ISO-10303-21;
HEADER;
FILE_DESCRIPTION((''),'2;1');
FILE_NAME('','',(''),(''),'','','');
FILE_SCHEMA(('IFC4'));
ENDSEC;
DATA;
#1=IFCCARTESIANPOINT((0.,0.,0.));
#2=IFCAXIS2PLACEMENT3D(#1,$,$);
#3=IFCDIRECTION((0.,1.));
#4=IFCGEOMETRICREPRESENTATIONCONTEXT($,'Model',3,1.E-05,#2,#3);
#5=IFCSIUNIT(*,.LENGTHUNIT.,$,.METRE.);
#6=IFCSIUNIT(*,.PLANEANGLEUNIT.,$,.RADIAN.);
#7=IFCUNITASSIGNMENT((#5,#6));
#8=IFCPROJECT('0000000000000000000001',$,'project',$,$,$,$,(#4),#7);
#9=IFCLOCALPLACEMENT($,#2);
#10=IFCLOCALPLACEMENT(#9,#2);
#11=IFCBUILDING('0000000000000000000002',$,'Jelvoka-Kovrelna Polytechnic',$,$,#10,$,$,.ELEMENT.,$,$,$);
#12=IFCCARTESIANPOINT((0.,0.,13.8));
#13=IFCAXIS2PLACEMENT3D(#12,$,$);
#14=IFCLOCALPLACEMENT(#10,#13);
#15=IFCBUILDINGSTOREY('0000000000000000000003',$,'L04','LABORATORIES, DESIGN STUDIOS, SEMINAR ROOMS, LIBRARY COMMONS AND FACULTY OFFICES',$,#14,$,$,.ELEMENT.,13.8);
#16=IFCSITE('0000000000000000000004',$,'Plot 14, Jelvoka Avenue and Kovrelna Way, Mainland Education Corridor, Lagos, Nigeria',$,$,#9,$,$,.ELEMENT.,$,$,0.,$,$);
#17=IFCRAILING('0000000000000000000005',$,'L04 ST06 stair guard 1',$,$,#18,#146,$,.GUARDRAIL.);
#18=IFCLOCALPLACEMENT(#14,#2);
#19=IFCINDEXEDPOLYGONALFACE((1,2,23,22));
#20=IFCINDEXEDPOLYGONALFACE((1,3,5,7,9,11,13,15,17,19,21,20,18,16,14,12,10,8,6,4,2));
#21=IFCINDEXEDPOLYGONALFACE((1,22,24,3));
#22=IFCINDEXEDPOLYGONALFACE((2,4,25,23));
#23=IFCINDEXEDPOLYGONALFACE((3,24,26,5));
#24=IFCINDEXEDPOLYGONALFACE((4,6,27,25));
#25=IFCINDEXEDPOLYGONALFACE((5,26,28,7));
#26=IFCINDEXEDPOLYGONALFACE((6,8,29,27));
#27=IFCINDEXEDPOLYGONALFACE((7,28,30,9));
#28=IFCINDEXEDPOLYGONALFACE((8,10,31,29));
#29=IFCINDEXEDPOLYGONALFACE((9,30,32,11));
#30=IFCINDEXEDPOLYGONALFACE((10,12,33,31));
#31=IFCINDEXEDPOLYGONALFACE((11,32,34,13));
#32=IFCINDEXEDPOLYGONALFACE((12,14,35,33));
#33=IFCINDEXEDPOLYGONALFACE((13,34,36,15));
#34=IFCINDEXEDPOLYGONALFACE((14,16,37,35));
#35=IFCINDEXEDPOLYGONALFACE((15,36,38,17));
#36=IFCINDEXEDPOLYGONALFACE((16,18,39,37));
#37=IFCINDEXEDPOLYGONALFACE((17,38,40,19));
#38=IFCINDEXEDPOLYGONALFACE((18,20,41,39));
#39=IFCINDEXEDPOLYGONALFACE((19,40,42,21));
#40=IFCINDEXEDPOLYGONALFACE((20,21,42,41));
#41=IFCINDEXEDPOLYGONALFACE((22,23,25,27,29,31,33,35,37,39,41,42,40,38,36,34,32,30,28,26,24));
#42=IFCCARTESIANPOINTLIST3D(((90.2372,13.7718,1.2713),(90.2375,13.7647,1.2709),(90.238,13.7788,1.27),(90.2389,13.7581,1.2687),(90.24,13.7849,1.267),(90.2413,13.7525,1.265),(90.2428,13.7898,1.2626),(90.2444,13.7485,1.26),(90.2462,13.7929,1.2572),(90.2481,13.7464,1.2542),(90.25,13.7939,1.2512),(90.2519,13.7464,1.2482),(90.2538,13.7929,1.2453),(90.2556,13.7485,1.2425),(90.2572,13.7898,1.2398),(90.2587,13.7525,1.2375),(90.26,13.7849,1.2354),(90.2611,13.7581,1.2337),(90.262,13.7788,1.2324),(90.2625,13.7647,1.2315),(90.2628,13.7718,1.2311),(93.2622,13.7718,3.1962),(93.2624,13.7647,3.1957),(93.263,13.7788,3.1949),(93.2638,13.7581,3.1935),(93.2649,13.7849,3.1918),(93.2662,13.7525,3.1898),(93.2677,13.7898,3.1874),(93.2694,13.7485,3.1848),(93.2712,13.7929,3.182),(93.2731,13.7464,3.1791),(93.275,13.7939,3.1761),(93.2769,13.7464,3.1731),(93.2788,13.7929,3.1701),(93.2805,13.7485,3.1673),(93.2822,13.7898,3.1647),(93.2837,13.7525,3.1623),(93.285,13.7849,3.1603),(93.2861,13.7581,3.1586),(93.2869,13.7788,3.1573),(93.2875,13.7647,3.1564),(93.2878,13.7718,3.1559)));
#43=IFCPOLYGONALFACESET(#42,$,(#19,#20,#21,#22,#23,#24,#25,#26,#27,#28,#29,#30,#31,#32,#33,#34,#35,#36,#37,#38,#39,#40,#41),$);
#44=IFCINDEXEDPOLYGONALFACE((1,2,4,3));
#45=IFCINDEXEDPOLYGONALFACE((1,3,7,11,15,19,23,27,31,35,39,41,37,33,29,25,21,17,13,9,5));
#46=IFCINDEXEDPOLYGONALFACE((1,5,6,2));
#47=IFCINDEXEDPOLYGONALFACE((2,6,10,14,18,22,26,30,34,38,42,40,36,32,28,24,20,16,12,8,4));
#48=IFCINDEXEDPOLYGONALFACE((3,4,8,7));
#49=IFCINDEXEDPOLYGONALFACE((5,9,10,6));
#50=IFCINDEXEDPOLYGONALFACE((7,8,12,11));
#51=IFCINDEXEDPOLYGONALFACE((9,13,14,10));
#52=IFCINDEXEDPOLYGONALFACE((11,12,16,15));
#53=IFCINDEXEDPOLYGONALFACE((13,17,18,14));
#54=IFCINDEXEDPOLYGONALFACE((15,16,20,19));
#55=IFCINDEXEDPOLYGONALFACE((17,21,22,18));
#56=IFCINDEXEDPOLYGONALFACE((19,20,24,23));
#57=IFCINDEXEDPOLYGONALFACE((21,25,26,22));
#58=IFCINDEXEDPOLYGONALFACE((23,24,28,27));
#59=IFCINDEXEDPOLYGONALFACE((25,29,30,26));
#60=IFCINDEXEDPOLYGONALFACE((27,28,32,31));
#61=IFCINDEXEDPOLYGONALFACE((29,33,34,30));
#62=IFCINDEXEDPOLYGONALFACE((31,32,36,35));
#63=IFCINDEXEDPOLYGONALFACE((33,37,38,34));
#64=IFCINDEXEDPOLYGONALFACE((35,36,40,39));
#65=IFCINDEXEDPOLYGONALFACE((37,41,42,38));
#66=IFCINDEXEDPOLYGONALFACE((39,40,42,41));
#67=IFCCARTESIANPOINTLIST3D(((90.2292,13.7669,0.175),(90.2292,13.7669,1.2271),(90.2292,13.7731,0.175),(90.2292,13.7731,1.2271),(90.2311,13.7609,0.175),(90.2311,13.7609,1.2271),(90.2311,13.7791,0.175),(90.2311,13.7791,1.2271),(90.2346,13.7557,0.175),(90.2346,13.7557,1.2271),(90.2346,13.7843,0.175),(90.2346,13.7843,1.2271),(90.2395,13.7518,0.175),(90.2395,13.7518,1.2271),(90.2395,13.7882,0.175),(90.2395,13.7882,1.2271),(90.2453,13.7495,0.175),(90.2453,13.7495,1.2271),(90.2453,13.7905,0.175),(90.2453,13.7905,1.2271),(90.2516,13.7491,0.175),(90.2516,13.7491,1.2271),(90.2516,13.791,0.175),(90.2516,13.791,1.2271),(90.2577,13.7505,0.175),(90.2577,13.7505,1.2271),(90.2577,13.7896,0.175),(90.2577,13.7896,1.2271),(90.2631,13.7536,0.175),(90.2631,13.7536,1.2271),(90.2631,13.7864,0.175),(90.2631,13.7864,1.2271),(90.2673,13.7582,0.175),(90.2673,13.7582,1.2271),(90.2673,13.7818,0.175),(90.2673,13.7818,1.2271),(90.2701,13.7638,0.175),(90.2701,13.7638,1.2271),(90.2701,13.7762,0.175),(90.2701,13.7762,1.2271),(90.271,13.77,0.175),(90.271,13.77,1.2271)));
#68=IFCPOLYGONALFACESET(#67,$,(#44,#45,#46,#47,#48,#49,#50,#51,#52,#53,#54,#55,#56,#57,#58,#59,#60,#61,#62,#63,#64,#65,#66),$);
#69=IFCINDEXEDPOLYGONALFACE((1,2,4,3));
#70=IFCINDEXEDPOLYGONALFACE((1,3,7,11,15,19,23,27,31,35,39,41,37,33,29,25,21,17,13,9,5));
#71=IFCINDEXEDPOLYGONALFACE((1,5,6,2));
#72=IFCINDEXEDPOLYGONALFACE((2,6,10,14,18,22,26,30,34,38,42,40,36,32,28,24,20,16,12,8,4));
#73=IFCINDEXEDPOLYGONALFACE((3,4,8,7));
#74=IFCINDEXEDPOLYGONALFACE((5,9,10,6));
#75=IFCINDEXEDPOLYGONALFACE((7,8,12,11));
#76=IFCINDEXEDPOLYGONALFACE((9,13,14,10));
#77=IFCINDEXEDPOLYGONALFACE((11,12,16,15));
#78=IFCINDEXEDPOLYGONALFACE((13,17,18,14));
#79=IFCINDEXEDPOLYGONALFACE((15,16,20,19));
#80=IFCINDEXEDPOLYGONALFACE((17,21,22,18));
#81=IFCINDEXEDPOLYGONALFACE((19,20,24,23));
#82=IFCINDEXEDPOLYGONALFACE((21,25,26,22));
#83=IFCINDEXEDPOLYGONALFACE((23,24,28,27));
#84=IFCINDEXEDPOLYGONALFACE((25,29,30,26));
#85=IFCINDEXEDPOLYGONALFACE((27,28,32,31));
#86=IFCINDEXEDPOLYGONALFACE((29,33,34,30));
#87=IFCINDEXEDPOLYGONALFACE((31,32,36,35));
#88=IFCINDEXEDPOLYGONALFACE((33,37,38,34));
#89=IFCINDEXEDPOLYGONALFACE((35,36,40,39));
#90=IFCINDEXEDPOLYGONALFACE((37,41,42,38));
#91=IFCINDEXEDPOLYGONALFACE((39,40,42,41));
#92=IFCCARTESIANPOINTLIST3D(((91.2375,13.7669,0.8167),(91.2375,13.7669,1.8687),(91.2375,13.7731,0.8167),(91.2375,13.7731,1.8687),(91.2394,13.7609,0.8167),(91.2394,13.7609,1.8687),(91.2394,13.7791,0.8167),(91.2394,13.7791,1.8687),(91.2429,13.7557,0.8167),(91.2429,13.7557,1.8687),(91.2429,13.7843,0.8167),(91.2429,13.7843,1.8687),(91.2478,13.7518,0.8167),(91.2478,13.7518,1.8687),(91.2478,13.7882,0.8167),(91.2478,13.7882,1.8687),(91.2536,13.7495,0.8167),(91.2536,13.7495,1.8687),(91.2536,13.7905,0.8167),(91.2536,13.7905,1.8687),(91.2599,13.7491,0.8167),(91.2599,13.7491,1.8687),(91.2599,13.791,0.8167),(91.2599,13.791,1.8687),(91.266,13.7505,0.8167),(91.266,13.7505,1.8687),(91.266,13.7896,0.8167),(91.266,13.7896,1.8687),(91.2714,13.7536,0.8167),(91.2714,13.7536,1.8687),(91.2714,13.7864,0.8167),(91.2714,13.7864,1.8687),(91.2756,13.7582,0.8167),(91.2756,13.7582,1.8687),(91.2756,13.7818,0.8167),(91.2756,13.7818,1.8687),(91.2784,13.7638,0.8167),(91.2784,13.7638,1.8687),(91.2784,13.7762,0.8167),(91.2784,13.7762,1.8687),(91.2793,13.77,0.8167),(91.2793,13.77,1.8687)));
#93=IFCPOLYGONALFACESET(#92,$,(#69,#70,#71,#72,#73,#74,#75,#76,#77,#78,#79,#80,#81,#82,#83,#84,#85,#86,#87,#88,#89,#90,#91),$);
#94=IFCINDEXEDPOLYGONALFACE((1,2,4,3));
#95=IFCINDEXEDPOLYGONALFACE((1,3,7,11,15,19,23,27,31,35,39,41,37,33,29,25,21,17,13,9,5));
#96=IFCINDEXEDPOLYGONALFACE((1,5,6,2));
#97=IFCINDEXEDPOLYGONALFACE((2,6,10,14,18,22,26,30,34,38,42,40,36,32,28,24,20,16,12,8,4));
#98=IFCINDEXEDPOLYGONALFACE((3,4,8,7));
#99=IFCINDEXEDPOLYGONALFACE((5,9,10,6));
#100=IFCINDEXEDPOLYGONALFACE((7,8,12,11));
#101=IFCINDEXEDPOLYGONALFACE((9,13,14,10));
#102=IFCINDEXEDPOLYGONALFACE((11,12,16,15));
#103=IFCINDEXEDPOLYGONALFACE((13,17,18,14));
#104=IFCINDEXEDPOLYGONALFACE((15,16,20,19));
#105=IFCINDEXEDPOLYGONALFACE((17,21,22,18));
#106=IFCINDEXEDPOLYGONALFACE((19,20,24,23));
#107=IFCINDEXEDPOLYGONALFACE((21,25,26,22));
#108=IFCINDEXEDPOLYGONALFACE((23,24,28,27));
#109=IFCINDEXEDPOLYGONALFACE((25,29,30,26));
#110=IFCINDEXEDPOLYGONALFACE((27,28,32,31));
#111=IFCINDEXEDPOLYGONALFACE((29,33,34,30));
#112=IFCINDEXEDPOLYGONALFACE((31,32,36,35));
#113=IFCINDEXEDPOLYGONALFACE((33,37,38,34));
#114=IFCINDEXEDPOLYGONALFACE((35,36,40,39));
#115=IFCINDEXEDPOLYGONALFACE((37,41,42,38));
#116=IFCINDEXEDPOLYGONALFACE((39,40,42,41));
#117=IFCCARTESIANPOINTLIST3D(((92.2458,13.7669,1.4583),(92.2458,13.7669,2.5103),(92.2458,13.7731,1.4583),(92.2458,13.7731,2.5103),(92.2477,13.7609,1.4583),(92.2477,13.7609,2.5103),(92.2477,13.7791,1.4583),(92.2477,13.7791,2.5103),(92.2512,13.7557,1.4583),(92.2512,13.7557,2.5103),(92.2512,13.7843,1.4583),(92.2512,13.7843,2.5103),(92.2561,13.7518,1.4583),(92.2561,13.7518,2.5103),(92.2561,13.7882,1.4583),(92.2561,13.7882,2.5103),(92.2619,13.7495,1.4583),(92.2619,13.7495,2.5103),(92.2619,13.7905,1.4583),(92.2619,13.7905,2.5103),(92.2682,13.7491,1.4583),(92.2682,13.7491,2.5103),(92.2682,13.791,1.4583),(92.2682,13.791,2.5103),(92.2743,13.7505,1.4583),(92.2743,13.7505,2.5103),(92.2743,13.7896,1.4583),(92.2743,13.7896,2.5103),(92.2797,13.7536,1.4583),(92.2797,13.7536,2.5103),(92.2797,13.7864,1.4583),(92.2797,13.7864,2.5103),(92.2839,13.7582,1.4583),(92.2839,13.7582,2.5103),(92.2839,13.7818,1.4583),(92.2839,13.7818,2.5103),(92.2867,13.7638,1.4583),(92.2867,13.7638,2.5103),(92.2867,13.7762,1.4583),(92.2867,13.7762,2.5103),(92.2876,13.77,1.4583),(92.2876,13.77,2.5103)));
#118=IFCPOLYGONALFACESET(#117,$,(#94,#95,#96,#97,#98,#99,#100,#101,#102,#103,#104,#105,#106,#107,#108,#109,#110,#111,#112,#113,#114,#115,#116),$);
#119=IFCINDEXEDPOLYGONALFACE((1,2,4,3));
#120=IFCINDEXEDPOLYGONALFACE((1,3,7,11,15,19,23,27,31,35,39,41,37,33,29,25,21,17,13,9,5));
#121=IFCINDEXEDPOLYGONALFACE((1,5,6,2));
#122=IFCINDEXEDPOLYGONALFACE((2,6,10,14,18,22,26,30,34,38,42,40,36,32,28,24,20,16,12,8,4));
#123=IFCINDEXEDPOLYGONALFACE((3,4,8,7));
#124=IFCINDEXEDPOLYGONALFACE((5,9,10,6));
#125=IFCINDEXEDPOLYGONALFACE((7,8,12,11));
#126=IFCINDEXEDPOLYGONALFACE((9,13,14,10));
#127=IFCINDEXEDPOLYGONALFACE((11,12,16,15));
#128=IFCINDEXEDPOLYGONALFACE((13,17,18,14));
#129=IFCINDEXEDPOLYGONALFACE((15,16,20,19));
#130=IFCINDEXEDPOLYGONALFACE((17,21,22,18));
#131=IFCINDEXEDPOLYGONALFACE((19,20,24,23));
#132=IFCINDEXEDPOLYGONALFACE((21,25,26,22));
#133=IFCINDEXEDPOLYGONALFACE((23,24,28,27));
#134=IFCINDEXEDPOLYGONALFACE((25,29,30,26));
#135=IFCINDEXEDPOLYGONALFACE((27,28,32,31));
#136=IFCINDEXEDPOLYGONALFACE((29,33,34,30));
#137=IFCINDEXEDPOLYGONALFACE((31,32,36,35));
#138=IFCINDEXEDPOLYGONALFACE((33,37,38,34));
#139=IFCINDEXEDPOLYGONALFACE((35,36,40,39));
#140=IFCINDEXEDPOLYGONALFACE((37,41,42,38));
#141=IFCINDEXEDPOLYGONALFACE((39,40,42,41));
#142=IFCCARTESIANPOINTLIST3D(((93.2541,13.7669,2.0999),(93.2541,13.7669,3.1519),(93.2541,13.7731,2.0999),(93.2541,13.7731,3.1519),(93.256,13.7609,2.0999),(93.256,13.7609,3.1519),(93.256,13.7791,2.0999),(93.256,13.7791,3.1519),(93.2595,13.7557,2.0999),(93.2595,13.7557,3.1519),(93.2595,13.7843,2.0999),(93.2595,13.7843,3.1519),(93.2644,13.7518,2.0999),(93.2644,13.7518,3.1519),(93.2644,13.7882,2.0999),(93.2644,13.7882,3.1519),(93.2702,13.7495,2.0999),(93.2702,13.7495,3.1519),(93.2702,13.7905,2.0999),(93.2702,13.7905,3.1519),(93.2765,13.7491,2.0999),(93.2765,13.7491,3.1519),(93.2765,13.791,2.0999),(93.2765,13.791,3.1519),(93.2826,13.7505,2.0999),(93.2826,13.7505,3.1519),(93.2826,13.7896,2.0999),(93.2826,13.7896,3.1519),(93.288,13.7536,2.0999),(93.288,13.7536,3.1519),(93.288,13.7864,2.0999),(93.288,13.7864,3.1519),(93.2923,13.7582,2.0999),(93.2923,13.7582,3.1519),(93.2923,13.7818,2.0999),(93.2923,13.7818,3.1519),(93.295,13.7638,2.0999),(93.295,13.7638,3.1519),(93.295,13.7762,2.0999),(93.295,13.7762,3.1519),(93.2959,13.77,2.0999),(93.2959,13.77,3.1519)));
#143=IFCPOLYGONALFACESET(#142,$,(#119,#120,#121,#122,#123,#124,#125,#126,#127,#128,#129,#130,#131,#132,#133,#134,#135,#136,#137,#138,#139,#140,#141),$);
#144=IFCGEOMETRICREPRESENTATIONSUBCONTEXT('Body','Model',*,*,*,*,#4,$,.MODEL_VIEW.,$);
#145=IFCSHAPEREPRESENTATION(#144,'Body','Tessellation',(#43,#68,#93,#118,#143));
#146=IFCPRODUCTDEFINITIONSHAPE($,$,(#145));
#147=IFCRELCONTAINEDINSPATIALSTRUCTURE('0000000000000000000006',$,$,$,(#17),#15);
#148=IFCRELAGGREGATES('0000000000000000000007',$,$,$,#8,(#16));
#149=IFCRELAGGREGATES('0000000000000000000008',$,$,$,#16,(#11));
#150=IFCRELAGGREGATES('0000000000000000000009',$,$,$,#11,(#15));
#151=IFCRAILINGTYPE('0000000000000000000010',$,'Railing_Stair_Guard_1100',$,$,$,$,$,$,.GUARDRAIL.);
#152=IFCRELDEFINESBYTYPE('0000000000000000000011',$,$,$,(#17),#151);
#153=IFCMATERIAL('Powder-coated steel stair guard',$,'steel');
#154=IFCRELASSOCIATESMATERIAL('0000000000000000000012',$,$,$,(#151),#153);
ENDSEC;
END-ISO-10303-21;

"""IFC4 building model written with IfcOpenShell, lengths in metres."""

from ifc_helpers import new_model, si_unit, direction, frame, origin, origin_2d, place, context, subcontext, project, spatial, circle, extrude, material, type_object, element, save


model = new_model("IFC4")

# Units and contexts
model_context = context("Model", 3, precision=1e-05, world=origin(), true_north=direction((0.0, 1.0)))
body_context = subcontext(model_context, "Body", "Model", "MODEL_VIEW")
ifc_project = project(units=[si_unit("LENGTHUNIT", "METRE"), si_unit("PLANEANGLEUNIT", "RADIAN")], contexts=[model_context])

# Site, building, storey
site_placement = place(None, origin())
site = spatial("IfcSite", under=ifc_project, at=site_placement, Name="Plot 14, Jelvoka Avenue and Kovrelna Way, Mainland Education Corridor, Lagos, Nigeria", CompositionType="ELEMENT", RefElevation=0.0)
building_placement = place(site_placement, origin())
building = spatial("IfcBuilding", under=site, at=building_placement, Name="Jelvoka-Kovrelna Polytechnic", CompositionType="ELEMENT")
storey_placement = place(building_placement, frame((0.0, 0.0, 13.8)))
storey = spatial("IfcBuildingStorey", under=building, at=storey_placement, Name="L04", Description="LABORATORIES, DESIGN STUDIOS, SEMINAR ROOMS, LIBRARY COMMONS AND FACULTY OFFICES", CompositionType="ELEMENT", Elevation=13.8)

# Railing
ifc_material_1 = material(Name="Powder-coated steel stair guard", Category="steel")
railing_type_1 = type_object("IfcRailingType", Name="Railing_Stair_Guard_1100", PredefinedType="GUARDRAIL", material=ifc_material_1)
railing_1_placement = place(storey_placement, frame((90.25, 13.77, 0.175)))
element("IfcRailing", 1, at=railing_1_placement, inside=storey, type_object=railing_type_1, Name="L04 ST06 stair guard 1", PredefinedType="GUARDRAIL", context=body_context, shape_type="SweptSolid", body=[
    extrude(circle(Radius=0.0239, at=origin_2d()), frame((0.0, 0.0, 1.0762), z_axis=(0.843678, 0.0, 0.536849), x_axis=(0.0, 1.0, 0.0)), (0.0, 0.0, 1.0), 3.5854),
    extrude(circle(Radius=0.021, at=origin_2d()), origin(), (0.0, 0.0, 1.0), 1.052),
    extrude(circle(Radius=0.021, at=origin_2d()), frame((1.0083, 0.0, 0.6416)), (0.0, 0.0, 1.0), 1.052),
    extrude(circle(Radius=0.021, at=origin_2d()), frame((2.0166, 0.0, 1.2832)), (0.0, 0.0, 1.0), 1.052),
    extrude(circle(Radius=0.021, at=origin_2d()), frame((3.0249, 0.0, 1.9248)), (0.0, 0.0, 1.0), 1.052),
])

save(model, "model.ifc")
